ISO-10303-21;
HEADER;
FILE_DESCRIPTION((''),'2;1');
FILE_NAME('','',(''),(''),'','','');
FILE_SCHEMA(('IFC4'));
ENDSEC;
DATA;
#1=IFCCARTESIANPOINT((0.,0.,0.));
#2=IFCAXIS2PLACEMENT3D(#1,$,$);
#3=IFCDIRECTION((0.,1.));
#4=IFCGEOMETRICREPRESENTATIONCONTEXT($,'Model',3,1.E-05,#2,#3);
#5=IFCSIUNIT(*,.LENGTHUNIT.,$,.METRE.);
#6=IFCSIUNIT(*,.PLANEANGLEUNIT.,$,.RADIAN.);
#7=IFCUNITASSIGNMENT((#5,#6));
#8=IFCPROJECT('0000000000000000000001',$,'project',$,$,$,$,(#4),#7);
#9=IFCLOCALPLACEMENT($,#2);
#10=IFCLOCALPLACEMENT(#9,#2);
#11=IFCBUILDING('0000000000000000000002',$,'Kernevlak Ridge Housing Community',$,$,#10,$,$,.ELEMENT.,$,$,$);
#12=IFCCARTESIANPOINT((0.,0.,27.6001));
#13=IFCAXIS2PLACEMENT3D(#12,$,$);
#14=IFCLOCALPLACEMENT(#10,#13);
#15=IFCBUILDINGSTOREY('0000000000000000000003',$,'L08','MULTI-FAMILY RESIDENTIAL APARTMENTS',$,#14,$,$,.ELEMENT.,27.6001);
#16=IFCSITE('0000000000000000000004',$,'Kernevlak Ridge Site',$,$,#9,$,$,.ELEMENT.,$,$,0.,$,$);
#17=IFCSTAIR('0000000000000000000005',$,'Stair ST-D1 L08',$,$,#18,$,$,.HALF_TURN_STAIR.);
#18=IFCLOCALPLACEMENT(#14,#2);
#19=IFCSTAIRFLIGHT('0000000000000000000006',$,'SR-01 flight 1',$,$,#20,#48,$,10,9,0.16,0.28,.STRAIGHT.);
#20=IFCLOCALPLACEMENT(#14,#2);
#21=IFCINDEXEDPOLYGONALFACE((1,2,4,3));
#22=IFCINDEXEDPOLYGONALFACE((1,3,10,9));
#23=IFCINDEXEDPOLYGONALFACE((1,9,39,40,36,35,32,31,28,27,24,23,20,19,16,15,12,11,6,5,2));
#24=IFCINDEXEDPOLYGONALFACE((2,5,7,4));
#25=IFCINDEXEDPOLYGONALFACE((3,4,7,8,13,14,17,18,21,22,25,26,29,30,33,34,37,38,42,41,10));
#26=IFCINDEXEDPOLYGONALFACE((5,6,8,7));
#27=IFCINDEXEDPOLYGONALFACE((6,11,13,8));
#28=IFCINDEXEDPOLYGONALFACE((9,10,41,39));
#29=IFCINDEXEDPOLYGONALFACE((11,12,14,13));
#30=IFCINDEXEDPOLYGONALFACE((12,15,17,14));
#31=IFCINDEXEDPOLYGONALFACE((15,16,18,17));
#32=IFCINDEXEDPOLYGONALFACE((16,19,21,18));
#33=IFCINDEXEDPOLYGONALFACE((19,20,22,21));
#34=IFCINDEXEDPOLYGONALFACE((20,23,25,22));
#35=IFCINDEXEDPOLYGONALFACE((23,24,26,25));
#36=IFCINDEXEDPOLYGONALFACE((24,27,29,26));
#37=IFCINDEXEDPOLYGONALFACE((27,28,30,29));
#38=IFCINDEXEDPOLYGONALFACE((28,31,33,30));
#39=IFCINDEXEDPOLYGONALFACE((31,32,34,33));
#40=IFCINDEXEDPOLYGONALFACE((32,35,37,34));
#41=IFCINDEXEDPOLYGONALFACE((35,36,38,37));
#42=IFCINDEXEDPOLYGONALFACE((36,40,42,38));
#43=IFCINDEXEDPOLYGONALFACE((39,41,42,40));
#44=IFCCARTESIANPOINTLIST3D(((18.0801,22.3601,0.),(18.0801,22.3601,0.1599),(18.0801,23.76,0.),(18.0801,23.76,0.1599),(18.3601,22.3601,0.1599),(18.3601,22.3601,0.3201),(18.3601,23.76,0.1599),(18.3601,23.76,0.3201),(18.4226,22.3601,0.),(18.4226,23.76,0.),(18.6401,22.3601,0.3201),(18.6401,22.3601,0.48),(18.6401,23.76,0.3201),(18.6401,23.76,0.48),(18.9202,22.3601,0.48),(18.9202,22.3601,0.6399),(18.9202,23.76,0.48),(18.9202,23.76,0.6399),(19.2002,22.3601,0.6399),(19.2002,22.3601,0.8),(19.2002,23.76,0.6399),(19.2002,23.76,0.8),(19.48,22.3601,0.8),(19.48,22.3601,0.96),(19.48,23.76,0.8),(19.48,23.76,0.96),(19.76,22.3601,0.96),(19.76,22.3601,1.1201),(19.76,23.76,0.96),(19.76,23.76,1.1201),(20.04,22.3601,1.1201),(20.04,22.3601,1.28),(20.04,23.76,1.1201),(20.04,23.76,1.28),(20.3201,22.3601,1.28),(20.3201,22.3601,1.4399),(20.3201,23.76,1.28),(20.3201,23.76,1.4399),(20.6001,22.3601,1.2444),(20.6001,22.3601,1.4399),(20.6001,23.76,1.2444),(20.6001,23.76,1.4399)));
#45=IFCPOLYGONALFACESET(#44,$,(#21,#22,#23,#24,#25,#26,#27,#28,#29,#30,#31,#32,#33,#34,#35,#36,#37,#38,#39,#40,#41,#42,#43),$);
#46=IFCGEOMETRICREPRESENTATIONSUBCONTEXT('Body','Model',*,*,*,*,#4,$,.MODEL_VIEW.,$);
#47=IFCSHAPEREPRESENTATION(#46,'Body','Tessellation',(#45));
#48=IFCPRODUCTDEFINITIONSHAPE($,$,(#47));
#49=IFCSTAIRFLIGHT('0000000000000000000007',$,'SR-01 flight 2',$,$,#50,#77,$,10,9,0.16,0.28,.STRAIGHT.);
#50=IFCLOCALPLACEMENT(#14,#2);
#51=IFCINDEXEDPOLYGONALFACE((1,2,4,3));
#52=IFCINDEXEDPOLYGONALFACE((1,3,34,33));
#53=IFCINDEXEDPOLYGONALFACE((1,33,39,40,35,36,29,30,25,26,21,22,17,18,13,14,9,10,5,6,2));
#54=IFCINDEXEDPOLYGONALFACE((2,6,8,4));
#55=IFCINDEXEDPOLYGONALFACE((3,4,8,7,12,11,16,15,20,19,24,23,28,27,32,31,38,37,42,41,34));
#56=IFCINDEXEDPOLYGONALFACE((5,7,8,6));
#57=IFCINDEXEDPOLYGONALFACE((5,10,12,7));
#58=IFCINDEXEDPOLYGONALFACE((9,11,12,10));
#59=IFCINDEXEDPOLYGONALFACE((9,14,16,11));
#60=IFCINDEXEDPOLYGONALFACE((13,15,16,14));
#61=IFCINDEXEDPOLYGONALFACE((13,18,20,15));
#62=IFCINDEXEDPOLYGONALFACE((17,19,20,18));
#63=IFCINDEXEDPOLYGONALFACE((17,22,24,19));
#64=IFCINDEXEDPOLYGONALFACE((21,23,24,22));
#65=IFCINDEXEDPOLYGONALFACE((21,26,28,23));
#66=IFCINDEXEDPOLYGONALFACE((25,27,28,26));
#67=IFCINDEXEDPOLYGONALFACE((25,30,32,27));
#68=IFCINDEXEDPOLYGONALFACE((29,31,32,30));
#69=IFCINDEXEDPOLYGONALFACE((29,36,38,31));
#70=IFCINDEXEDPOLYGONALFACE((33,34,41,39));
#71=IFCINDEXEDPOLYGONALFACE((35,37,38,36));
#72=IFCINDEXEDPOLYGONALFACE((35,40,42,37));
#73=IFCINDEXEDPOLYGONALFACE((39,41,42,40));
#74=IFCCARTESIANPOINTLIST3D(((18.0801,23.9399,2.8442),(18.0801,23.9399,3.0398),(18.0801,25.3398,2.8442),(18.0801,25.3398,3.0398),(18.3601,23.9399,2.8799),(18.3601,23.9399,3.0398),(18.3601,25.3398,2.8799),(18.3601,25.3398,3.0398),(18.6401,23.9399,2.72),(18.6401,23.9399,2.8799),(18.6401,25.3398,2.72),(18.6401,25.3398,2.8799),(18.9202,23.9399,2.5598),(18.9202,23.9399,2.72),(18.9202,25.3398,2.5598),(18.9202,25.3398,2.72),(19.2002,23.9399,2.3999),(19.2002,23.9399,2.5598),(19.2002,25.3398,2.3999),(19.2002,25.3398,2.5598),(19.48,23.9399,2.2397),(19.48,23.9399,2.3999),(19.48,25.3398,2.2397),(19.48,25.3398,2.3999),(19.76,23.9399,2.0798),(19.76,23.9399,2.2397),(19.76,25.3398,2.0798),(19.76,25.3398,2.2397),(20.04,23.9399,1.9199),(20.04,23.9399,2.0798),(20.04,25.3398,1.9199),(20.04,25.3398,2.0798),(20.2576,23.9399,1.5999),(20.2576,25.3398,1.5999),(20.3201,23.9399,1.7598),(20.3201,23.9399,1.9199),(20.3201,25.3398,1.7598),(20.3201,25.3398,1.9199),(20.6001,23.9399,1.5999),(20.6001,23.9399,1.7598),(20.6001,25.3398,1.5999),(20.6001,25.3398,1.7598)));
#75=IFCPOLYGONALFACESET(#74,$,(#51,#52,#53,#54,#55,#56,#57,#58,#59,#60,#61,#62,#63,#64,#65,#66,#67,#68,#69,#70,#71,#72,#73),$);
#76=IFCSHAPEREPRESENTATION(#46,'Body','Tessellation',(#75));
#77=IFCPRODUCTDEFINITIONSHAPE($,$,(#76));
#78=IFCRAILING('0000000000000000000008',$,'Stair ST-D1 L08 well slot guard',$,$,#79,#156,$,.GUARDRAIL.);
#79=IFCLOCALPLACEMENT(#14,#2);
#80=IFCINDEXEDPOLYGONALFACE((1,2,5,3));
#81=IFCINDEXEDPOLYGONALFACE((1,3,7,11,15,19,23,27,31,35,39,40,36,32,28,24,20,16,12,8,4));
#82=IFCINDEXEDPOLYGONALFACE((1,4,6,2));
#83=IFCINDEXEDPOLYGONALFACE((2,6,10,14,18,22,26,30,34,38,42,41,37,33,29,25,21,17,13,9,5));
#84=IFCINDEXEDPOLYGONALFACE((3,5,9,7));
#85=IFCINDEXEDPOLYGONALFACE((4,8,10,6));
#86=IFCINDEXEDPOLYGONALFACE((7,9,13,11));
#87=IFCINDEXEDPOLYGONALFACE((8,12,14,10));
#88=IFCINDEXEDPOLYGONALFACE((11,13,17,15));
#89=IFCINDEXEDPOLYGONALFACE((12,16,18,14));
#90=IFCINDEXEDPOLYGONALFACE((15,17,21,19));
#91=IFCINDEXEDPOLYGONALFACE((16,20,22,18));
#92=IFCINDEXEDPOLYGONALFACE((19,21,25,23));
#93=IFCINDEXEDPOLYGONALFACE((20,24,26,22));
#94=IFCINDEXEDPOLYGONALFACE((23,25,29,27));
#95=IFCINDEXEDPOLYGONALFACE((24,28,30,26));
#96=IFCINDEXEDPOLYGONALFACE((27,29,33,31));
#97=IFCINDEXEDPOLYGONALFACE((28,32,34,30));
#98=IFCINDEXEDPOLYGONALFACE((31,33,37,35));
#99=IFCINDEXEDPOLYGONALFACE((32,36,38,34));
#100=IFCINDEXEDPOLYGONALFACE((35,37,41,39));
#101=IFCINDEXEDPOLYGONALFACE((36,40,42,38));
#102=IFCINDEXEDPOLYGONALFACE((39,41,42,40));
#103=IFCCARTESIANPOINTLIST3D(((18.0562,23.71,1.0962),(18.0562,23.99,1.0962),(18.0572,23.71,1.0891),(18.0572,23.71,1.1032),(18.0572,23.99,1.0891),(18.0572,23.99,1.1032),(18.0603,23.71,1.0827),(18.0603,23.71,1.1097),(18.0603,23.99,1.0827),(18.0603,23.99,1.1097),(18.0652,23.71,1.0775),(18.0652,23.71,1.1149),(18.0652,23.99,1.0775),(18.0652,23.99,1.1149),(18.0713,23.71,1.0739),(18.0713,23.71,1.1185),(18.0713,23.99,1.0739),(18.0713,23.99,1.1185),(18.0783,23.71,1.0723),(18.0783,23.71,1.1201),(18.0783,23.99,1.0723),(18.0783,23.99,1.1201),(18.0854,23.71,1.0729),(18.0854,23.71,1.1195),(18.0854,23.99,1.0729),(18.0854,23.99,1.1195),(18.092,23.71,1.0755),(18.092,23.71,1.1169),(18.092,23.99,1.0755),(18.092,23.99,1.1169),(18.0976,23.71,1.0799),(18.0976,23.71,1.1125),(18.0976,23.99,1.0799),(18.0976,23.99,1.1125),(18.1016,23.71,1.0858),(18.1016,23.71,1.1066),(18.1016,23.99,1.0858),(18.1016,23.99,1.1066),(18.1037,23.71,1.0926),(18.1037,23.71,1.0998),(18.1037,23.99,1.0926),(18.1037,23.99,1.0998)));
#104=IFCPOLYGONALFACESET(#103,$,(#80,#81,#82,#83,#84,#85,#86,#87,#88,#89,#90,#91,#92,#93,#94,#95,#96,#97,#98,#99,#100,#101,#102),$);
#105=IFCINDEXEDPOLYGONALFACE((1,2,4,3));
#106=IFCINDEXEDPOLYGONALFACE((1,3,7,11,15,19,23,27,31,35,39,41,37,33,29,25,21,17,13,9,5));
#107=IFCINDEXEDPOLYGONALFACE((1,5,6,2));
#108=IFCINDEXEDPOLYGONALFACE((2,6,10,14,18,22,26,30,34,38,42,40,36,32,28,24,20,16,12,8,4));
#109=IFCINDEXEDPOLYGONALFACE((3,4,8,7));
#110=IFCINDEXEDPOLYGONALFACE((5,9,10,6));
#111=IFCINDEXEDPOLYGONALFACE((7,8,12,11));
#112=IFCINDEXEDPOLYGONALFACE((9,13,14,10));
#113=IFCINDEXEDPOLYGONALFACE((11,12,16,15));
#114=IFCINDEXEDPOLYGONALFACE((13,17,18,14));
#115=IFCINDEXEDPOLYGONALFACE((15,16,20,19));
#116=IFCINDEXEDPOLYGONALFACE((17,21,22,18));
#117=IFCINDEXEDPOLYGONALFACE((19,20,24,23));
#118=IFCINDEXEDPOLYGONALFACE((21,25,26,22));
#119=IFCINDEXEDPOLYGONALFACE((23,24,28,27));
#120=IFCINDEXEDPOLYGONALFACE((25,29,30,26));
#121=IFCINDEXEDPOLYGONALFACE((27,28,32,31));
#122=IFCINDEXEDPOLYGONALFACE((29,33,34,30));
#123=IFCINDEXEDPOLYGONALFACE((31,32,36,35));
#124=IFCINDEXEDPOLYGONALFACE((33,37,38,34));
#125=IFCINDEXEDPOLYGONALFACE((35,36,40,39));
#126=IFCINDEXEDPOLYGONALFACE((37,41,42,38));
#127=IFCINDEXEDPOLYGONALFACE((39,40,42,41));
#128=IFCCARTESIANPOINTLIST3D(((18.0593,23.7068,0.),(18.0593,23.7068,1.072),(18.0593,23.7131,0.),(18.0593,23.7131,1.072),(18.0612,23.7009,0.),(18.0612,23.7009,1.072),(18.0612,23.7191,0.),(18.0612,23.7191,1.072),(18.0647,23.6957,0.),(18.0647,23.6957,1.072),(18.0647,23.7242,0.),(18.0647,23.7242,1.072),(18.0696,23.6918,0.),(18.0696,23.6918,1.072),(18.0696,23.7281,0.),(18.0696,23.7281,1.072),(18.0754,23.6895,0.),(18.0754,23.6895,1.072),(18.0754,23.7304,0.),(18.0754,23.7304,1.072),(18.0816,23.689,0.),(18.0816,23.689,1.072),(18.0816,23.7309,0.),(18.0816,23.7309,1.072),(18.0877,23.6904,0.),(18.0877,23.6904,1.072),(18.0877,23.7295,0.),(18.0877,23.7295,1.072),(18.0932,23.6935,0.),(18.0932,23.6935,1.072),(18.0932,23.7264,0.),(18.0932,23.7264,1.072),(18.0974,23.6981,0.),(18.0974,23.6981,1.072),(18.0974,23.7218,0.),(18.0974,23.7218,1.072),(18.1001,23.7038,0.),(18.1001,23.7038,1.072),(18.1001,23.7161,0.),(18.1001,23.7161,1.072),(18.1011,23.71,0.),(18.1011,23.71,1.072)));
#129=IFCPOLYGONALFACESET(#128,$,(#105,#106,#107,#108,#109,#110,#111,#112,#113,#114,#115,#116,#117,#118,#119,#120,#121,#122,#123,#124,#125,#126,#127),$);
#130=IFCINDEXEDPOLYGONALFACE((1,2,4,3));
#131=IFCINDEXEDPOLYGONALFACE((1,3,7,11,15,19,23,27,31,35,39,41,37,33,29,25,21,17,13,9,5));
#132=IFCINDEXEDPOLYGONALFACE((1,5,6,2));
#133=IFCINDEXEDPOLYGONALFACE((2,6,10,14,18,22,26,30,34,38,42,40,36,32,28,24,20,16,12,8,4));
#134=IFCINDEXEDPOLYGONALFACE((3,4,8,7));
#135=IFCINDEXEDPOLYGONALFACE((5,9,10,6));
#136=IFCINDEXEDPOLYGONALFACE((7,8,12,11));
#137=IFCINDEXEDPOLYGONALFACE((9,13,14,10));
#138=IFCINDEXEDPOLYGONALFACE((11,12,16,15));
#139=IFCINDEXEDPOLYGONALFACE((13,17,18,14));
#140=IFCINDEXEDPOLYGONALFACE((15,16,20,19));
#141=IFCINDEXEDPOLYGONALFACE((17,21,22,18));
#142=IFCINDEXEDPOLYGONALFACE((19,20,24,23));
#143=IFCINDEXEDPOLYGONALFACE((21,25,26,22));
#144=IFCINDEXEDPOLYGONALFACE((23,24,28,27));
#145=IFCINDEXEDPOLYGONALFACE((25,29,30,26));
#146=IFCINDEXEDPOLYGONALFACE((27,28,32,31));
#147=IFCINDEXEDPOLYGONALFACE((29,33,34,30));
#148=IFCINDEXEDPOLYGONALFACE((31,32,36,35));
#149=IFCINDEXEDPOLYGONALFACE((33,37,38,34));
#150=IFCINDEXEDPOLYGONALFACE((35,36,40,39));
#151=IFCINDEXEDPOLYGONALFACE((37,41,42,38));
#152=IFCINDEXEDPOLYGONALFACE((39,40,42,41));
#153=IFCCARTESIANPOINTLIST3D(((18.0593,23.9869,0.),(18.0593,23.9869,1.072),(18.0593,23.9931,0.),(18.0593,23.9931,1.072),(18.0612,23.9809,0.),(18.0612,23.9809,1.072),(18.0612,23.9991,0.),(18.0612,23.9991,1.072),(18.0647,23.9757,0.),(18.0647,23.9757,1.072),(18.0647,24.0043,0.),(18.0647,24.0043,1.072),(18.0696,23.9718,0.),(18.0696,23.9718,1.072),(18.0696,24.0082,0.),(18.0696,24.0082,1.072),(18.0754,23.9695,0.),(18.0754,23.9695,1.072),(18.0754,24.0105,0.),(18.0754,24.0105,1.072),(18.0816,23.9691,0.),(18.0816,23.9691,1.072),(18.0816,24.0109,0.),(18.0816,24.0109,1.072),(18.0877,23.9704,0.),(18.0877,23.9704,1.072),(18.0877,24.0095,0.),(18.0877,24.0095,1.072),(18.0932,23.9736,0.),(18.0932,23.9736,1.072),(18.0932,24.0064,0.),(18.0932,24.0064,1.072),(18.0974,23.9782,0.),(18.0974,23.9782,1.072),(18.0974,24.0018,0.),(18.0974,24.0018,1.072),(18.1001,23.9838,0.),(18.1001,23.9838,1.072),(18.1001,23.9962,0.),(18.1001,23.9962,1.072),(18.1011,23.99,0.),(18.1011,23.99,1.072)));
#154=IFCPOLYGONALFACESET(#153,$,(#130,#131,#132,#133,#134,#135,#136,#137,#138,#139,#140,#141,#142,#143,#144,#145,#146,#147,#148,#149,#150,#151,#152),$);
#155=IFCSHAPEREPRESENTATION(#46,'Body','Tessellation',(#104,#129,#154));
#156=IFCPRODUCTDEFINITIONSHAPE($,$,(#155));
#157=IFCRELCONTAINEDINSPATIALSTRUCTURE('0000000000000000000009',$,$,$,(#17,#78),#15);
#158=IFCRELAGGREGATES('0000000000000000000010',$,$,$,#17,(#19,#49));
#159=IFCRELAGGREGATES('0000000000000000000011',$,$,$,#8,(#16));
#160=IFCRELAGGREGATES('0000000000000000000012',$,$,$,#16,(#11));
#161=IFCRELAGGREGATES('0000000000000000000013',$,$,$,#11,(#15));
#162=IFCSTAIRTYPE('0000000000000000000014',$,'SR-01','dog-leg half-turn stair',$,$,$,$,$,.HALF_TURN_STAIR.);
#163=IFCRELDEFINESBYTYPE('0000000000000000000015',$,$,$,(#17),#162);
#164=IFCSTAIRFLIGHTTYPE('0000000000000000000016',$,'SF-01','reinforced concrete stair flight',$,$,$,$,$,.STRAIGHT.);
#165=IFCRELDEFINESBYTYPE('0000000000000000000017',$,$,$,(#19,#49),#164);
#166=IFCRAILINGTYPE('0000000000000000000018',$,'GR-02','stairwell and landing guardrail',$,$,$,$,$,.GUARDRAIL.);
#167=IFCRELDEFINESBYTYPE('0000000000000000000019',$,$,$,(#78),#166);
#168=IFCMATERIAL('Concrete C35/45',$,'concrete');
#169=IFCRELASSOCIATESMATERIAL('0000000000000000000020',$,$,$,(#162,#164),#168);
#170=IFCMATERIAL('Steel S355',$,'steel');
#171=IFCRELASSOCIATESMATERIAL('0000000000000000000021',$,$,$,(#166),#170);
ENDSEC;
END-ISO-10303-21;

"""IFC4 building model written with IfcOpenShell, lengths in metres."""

from ifc_helpers import new_model, si_unit, direction, frame, origin, origin_2d, place, context, subcontext, project, spatial, polyline, circle, outline, extrude, material, type_object, element, aggregate, save


model = new_model("IFC4")

# Units and contexts
model_context = context("Model", 3, precision=1e-05, world=origin(), true_north=direction((0.0, 1.0)))
body_context = subcontext(model_context, "Body", "Model", "MODEL_VIEW")
ifc_project = project(units=[si_unit("LENGTHUNIT", "METRE"), si_unit("PLANEANGLEUNIT", "RADIAN")], contexts=[model_context])

# Site, building, storey
site_placement = place(None, origin())
site = spatial("IfcSite", under=ifc_project, at=site_placement, Name="Kernevlak Ridge Site", CompositionType="ELEMENT", RefElevation=0.0)
building_placement = place(site_placement, origin())
building = spatial("IfcBuilding", under=site, at=building_placement, Name="Kernevlak Ridge Housing Community", CompositionType="ELEMENT")
storey_placement = place(building_placement, frame((0.0, 0.0, 27.6001)))
storey = spatial("IfcBuildingStorey", under=building, at=storey_placement, Name="L08", Description="MULTI-FAMILY RESIDENTIAL APARTMENTS", CompositionType="ELEMENT", Elevation=27.6001)

# Shared definitions
ifc_material_1 = material(Name="Concrete C35/45", Category="concrete")

# Stair, stair flights
stair_type = type_object("IfcStairType", Name="SR-01", Description="dog-leg half-turn stair", PredefinedType="HALF_TURN_STAIR", material=ifc_material_1)
stair_placement = place(storey_placement, origin())
stair = element("IfcStair", 1, at=stair_placement, inside=storey, type_object=stair_type, Name="Stair ST-D1 L08", PredefinedType="HALF_TURN_STAIR")
stair_flight_type = type_object("IfcStairFlightType", Name="SF-01", Description="reinforced concrete stair flight", PredefinedType="STRAIGHT", material=ifc_material_1)
stair_flight_1_placement = place(storey_placement, frame((18.0801, 23.0601, 0.0), z_axis=(0.0, 0.0, 1.0), x_axis=(1.0, 0.0, 0.0)))
stair_flight_1 = element("IfcStairFlight", 2, at=stair_flight_1_placement, type_object=stair_flight_type, Name="SR-01 flight 1", NumberOfRisers=10, NumberOfTreads=9, PredefinedType="STRAIGHT", RiserHeight=0.16, TreadLength=0.28, context=body_context, shape_type="SweptSolid", body=[
    extrude(outline(polyline([(0.0, 0.0), (0.0, 0.1599), (0.28, 0.1599), (0.28, 0.3201), (0.5601, 0.3201), (0.5601, 0.48), (0.8401, 0.48), (0.8401, 0.6399), (1.1201, 0.6399), (1.1201, 0.8), (1.3999, 0.8), (1.3999, 0.96), (1.6799, 0.96), (1.6799, 1.1201), (1.96, 1.1201), (1.96, 1.28), (2.24, 1.28), (2.24, 1.4399), (2.52, 1.4399), (2.52, 1.6001), (2.52, 1.2444), (0.3425, 0.0), (0.0, 0.0)])), frame((0.0, 0.7, 0.0), z_axis=(0.0, -1.0, 0.0), x_axis=(1.0, 0.0, 0.0)), (0.0, 0.0, 1.0), 1.3999),
])
stair_flight_2_placement = place(storey_placement, frame((20.6001, 24.6399, 1.5999), z_axis=(0.0, 0.0, 1.0), x_axis=(-1.0, 0.0, 0.0)))
stair_flight_2 = element("IfcStairFlight", 3, at=stair_flight_2_placement, type_object=stair_flight_type, Name="SR-01 flight 2", NumberOfRisers=10, NumberOfTreads=9, PredefinedType="STRAIGHT", RiserHeight=0.16, TreadLength=0.28, context=body_context, shape_type="SweptSolid", body=[
    extrude(outline(polyline([(0.0, 0.0), (0.0, 0.1599), (0.28, 0.1599), (0.28, 0.3201), (0.5601, 0.3201), (0.5601, 0.48), (0.8401, 0.48), (0.8401, 0.6399), (1.1201, 0.6399), (1.1201, 0.8), (1.3999, 0.8), (1.3999, 0.96), (1.6799, 0.96), (1.6799, 1.1201), (1.96, 1.1201), (1.96, 1.28), (2.24, 1.28), (2.24, 1.4399), (2.52, 1.4399), (2.52, 1.6001), (2.52, 1.2444), (0.3425, 0.0), (0.0, 0.0)])), frame((0.0, 0.7, 0.0), z_axis=(0.0, -1.0, 0.0), x_axis=(1.0, 0.0, 0.0)), (0.0, 0.0, 1.0), 1.3999),
])
aggregate(stair, [stair_flight_1, stair_flight_2])

# Railing
ifc_material_2 = material(Name="Steel S355", Category="steel")
railing_type_1 = type_object("IfcRailingType", Name="GR-02", Description="stairwell and landing guardrail", PredefinedType="GUARDRAIL", material=ifc_material_2)
railing_1_placement = place(storey_placement, frame((18.0801, 23.71, 0.0)))
element("IfcRailing", 4, at=railing_1_placement, inside=storey, type_object=railing_type_1, Name="Stair ST-D1 L08 well slot guard", PredefinedType="GUARDRAIL", context=body_context, shape_type="SweptSolid", body=[
    extrude(circle(Radius=0.0239, at=origin_2d()), frame((0.0, 0.0, 1.0962), z_axis=(0.0, 1.0, 0.0), x_axis=(-1.0, 0.0, 0.0)), (0.0, 0.0, 1.0), 0.28),
    extrude(circle(Radius=0.021, at=origin_2d()), origin(), (0.0, 0.0, 1.0), 1.072),
    extrude(circle(Radius=0.021, at=origin_2d()), frame((0.0, 0.28, 0.0)), (0.0, 0.0, 1.0), 1.072),
])

save(model, "model.ifc")
